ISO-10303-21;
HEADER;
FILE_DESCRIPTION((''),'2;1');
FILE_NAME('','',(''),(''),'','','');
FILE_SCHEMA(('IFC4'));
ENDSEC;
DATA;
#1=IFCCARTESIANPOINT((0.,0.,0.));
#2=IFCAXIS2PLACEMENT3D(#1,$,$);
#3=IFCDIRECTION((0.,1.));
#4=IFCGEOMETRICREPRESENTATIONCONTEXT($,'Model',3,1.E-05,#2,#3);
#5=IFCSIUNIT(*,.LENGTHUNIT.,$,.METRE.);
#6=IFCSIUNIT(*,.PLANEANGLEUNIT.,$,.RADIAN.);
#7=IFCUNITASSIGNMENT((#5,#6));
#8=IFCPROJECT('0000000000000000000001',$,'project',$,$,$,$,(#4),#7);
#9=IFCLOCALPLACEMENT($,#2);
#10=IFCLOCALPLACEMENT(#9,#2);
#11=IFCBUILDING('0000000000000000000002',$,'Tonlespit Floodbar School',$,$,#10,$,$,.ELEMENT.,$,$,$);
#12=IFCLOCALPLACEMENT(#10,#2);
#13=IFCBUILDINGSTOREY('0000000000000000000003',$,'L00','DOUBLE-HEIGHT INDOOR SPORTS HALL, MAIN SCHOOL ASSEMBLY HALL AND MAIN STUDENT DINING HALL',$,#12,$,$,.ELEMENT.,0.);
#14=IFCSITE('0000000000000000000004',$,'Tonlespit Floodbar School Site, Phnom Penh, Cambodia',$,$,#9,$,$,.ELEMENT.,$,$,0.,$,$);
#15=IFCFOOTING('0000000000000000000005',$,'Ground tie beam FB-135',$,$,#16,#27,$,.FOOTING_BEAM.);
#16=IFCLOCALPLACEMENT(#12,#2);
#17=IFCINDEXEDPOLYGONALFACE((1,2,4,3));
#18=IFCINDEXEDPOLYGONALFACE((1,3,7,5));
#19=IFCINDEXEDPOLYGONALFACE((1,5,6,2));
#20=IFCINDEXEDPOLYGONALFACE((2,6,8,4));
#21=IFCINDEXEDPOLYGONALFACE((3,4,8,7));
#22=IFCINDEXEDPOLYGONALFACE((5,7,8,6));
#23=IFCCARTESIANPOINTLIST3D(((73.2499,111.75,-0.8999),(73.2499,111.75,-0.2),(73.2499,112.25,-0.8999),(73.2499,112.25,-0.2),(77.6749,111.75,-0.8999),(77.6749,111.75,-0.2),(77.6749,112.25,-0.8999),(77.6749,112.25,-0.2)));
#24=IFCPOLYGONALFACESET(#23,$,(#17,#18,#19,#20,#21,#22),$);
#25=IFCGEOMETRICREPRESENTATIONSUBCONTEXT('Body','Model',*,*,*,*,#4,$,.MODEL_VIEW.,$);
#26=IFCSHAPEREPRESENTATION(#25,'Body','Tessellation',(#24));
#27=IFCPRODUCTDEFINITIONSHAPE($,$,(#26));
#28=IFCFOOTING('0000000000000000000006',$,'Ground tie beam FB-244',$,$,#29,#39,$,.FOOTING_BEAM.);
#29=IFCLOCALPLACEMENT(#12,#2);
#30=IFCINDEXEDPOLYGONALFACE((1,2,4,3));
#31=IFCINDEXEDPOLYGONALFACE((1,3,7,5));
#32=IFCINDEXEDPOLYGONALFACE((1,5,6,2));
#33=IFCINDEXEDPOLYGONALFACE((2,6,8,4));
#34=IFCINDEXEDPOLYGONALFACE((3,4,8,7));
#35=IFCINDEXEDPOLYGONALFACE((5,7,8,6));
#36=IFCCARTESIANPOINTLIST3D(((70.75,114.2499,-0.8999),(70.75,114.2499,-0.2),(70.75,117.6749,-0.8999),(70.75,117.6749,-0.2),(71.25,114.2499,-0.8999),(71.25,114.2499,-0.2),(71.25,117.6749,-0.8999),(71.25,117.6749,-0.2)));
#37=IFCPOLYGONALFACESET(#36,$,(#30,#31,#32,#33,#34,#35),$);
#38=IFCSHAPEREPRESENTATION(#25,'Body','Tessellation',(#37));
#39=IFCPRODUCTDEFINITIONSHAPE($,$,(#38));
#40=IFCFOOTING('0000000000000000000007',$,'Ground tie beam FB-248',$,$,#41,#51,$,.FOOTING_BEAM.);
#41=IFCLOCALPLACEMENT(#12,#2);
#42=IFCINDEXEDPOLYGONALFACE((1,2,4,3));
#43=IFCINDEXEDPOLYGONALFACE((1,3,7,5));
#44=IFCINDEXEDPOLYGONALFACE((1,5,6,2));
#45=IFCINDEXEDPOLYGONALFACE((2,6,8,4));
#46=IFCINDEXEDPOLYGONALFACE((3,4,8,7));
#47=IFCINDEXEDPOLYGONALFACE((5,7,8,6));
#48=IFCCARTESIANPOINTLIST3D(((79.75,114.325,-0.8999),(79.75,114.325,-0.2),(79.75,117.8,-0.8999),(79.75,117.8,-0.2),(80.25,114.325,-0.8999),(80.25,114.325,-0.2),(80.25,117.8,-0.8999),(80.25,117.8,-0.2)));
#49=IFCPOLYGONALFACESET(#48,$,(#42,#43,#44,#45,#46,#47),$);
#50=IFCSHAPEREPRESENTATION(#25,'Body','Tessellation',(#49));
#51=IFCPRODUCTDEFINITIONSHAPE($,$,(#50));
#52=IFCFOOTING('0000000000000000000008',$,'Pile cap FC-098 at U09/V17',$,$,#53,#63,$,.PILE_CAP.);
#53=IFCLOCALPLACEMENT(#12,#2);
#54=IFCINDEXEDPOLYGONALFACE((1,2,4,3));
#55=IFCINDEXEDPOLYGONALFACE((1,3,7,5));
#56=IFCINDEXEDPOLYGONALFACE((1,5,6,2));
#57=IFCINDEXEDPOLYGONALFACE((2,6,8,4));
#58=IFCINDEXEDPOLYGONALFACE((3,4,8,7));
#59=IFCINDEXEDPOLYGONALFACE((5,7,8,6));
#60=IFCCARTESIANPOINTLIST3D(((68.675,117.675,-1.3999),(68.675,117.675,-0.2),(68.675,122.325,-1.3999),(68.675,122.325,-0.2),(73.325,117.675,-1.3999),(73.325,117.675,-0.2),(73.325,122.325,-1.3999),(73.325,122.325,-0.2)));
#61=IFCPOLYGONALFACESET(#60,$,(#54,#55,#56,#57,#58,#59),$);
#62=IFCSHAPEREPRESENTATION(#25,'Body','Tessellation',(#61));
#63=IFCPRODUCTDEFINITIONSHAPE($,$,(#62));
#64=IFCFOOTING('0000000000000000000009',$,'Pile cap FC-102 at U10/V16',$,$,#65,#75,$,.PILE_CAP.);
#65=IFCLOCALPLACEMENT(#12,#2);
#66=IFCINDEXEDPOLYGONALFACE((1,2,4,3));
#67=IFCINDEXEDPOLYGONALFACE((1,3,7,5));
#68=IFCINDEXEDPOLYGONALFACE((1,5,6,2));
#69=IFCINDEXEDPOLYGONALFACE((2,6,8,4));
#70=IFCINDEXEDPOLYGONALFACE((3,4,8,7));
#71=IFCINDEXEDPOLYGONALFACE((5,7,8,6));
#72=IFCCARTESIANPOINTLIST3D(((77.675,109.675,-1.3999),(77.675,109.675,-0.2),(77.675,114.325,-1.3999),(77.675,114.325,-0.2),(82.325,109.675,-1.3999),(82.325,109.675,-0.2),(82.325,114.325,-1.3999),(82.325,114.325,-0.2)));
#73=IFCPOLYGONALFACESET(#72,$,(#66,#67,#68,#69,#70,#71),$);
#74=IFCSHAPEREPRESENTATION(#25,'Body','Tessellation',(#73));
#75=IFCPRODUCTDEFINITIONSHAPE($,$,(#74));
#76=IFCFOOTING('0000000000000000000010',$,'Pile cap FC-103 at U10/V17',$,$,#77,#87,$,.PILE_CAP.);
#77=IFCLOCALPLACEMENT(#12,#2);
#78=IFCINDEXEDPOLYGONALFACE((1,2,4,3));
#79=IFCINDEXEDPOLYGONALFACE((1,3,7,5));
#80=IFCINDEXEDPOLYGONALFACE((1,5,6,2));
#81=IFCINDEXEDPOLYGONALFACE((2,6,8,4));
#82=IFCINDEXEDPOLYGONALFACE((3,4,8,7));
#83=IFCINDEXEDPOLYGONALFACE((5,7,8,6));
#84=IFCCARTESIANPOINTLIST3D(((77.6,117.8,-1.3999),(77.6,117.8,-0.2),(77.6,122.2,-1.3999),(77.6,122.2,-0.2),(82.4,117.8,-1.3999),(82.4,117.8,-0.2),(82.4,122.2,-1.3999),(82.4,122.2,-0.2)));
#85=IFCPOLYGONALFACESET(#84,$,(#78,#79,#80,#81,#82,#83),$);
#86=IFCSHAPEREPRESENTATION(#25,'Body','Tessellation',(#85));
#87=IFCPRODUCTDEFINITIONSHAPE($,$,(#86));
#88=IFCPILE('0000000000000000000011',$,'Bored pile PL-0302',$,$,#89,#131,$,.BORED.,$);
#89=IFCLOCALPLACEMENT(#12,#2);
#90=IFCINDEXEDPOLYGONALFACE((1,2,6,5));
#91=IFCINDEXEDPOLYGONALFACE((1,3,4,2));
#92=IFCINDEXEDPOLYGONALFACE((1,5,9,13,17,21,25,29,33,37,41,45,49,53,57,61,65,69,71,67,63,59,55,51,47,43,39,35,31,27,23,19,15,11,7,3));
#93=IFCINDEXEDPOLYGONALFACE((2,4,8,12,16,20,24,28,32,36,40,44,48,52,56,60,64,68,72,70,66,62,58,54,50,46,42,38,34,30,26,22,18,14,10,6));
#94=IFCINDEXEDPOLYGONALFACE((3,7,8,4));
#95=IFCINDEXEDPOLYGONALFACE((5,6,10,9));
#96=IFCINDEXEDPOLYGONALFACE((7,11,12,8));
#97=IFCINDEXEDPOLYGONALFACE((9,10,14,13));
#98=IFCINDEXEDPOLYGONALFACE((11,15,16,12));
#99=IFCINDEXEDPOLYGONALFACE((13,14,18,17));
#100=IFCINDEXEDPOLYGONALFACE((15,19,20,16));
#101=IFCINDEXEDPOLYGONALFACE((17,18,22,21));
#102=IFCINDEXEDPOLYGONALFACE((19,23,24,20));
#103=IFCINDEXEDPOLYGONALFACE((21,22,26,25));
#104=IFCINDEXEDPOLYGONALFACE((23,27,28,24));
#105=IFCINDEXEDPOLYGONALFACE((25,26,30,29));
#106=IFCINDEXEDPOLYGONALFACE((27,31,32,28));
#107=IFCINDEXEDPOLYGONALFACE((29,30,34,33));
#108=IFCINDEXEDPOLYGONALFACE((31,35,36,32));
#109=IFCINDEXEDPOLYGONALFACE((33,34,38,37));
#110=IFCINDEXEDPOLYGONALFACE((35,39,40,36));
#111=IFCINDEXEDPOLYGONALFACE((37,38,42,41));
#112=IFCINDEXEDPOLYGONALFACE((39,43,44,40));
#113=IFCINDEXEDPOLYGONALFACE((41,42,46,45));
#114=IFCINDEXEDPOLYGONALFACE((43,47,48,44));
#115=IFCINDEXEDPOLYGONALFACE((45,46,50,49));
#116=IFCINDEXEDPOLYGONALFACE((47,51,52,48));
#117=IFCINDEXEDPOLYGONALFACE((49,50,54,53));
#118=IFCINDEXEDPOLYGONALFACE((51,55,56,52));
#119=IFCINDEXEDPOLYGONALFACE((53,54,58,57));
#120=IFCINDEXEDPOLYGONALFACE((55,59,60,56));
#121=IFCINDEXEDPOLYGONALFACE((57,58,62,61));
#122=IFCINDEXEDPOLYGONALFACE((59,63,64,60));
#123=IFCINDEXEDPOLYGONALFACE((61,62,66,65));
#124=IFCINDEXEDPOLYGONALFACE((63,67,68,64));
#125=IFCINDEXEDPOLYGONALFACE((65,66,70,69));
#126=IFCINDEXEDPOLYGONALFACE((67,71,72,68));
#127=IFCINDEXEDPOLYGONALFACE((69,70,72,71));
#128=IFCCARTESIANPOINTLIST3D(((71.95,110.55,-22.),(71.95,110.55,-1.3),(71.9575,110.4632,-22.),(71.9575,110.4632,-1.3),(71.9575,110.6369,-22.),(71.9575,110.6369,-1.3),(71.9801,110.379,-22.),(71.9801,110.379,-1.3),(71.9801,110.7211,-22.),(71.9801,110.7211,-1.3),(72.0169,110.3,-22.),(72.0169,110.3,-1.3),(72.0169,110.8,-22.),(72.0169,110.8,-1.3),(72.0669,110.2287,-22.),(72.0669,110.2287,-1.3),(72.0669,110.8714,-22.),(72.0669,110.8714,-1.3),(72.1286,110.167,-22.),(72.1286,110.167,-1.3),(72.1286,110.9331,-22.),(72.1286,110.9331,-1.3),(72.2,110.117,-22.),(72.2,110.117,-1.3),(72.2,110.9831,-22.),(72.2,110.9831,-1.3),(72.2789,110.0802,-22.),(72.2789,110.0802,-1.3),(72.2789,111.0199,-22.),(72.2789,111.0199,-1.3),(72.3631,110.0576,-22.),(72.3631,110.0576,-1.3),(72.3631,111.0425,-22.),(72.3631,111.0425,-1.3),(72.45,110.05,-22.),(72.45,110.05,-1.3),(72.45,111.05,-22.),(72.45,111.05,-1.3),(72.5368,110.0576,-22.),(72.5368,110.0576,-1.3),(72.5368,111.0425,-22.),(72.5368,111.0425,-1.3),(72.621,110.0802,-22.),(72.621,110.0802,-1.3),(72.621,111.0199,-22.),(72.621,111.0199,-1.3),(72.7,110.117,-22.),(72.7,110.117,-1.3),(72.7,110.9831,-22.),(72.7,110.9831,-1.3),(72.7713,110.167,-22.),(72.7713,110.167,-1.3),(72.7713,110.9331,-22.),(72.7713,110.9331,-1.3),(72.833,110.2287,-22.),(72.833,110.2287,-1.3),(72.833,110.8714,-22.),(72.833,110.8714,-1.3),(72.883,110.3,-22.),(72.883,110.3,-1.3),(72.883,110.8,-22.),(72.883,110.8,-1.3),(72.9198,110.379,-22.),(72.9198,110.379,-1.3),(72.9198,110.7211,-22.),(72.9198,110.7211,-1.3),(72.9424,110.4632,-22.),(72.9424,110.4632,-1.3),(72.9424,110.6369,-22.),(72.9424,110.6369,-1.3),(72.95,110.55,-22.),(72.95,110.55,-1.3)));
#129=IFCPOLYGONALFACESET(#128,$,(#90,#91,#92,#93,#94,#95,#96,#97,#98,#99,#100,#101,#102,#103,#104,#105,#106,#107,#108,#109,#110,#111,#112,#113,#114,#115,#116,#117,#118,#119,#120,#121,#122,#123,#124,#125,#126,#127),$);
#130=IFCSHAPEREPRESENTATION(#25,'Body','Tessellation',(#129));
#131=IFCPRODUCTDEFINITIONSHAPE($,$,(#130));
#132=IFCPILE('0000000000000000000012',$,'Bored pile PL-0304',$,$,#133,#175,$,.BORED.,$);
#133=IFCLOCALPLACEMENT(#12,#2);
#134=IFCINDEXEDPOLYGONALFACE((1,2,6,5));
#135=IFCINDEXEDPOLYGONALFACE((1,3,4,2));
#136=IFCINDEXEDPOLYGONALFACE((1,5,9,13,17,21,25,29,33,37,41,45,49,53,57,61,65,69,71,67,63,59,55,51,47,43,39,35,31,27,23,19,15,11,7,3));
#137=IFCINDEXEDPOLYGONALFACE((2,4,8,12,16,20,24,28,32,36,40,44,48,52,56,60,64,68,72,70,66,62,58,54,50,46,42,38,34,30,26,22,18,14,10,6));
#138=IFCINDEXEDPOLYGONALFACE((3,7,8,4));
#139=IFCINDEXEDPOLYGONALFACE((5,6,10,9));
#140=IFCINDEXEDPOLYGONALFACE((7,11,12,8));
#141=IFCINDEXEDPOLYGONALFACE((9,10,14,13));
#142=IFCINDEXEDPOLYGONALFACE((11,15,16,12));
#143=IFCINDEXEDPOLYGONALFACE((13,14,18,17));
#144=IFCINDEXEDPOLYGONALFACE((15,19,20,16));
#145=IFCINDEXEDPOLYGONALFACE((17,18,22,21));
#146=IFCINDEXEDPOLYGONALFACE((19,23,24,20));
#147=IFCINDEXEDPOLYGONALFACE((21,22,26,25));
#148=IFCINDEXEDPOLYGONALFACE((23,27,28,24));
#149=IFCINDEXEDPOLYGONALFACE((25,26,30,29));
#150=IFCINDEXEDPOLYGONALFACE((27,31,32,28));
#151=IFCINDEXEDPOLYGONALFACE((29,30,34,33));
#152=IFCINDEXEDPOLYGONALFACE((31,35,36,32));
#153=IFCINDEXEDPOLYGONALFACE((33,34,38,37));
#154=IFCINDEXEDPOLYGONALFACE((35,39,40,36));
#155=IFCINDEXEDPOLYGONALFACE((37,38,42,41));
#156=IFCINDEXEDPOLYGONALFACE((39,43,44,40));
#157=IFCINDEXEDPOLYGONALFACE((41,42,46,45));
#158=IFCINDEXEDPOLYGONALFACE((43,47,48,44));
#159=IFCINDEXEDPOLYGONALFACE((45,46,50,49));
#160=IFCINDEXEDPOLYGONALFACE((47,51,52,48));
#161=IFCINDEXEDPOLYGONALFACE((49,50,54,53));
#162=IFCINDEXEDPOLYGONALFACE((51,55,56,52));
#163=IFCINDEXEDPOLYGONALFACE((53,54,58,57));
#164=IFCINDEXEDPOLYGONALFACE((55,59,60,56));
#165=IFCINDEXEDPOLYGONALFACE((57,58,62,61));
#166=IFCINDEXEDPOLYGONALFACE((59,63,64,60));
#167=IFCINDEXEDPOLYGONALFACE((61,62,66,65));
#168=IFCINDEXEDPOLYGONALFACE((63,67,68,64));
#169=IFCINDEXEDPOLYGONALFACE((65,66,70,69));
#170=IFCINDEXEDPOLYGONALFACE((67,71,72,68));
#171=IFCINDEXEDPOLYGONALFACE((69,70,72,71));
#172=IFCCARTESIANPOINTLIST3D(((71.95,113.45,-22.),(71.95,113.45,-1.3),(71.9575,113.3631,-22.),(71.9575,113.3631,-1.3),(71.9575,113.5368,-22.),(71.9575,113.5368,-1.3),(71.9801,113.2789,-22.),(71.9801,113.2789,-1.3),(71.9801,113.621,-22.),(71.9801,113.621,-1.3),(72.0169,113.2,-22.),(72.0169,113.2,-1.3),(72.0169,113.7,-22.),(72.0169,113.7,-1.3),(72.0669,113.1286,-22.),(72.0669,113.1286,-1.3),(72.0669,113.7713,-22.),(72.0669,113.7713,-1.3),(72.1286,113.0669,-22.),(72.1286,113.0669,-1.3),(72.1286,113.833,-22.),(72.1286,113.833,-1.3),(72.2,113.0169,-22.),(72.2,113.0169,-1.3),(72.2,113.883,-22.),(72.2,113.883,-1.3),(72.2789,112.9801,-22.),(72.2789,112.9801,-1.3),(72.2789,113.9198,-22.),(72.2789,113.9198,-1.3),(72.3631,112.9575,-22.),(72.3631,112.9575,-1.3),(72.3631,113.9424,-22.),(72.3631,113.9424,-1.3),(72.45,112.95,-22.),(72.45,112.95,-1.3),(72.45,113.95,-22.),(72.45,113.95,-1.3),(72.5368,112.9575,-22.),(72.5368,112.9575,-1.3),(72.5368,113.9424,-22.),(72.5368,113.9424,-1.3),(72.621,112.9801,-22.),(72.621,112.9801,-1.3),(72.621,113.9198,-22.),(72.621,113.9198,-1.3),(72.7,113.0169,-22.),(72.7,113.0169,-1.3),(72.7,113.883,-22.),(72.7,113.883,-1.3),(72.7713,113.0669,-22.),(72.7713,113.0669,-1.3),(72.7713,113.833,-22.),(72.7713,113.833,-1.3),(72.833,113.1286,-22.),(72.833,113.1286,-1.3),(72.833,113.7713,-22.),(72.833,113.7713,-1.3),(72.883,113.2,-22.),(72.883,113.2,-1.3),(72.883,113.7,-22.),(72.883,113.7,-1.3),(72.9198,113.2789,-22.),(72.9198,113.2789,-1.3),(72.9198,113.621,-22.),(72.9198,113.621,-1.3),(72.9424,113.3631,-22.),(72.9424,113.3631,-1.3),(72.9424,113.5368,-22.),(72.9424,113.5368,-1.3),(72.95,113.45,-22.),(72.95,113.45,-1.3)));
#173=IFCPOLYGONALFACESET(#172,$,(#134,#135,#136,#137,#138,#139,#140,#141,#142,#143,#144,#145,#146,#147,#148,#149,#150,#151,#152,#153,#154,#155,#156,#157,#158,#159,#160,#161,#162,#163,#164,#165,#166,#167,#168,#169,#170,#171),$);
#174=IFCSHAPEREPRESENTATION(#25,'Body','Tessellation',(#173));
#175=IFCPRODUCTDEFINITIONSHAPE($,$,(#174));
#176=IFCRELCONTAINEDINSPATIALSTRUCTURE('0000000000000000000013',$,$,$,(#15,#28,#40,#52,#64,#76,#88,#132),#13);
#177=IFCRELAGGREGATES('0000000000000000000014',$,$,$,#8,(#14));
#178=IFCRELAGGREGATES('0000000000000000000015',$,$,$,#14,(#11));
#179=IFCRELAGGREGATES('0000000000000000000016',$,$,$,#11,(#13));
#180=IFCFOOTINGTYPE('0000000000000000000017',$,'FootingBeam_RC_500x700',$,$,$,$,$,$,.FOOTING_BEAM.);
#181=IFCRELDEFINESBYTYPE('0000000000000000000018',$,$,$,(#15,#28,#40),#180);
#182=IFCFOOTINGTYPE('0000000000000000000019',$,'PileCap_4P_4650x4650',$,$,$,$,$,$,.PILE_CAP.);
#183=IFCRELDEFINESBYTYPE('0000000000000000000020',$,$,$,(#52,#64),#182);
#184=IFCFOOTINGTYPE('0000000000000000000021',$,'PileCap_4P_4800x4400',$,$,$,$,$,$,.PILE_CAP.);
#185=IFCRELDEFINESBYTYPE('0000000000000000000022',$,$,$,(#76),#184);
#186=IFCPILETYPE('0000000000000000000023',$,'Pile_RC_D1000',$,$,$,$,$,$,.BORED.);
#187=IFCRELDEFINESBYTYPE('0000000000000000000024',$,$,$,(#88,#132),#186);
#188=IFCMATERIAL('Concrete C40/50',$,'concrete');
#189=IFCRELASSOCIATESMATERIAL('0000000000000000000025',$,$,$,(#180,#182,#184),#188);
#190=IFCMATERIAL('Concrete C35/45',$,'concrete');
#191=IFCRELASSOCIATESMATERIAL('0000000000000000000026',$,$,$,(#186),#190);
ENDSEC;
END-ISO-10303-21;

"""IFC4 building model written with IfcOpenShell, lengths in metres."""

from ifc_helpers import new_model, si_unit, direction, frame, origin, origin_2d, place, context, subcontext, project, spatial, rectangle, circle, extrude, material, material_profile, profile_set, type_object, element, save


model = new_model("IFC4")

# Units and contexts
model_context = context("Model", 3, precision=1e-05, world=origin(), true_north=direction((0.0, 1.0)))
body_context = subcontext(model_context, "Body", "Model", "MODEL_VIEW")
ifc_project = project(units=[si_unit("LENGTHUNIT", "METRE"), si_unit("PLANEANGLEUNIT", "RADIAN")], contexts=[model_context])

# Site, building, storey
site_placement = place(None, origin())
site = spatial("IfcSite", under=ifc_project, at=site_placement, Name="Tonlespit Floodbar School Site, Phnom Penh, Cambodia", CompositionType="ELEMENT", RefElevation=0.0)
building_placement = place(site_placement, origin())
building = spatial("IfcBuilding", under=site, at=building_placement, Name="Tonlespit Floodbar School", CompositionType="ELEMENT")
storey_placement = place(building_placement, origin())
storey = spatial("IfcBuildingStorey", under=building, at=storey_placement, Name="L00", Description="DOUBLE-HEIGHT INDOOR SPORTS HALL, MAIN SCHOOL ASSEMBLY HALL AND MAIN STUDENT DINING HALL", CompositionType="ELEMENT", Elevation=0.0)

# Footings
ifc_material_1 = material(Name="Concrete C40/50", Category="concrete")
footing_type_1 = type_object("IfcFootingType", Name="FootingBeam_RC_500x700", PredefinedType="FOOTING_BEAM", material=ifc_material_1)
footing_1_placement = place(storey_placement, frame((75.4624, 112.0, -0.8999), z_axis=(0.0, 0.0, 1.0), x_axis=(1.0, 0.0, 0.0)))
element("IfcFooting", 1, at=footing_1_placement, inside=storey, type_object=footing_type_1, Name="Ground tie beam FB-135", PredefinedType="FOOTING_BEAM", context=body_context, shape_type="SweptSolid", body=[
    extrude(rectangle(XDim=4.425, YDim=0.5, at=origin_2d()), origin(), (0.0, 0.0, 1.0), 0.7),
])
footing_2_placement = place(storey_placement, frame((71.0, 115.9624, -0.8999), z_axis=(0.0, 0.0, 1.0), x_axis=(0.0, 1.0, 0.0)))
element("IfcFooting", 2, at=footing_2_placement, inside=storey, type_object=footing_type_1, Name="Ground tie beam FB-244", PredefinedType="FOOTING_BEAM", context=body_context, shape_type="SweptSolid", body=[
    extrude(rectangle(XDim=3.425, YDim=0.5, at=origin_2d()), origin(), (0.0, 0.0, 1.0), 0.7),
])
footing_3_placement = place(storey_placement, frame((80.0, 116.0625, -0.8999), z_axis=(0.0, 0.0, 1.0), x_axis=(0.0, 1.0, 0.0)))
element("IfcFooting", 3, at=footing_3_placement, inside=storey, type_object=footing_type_1, Name="Ground tie beam FB-248", PredefinedType="FOOTING_BEAM", context=body_context, shape_type="SweptSolid", body=[
    extrude(rectangle(XDim=3.4751, YDim=0.5, at=origin_2d()), origin(), (0.0, 0.0, 1.0), 0.7),
])
footing_type_2 = type_object("IfcFootingType", Name="PileCap_4P_4650x4650", PredefinedType="PILE_CAP", material=ifc_material_1)
for number, where, z_axis, x_axis, name in (
    (4, (71.0, 120.0, -1.3999), (0.0, 0.0, 1.0), (1.0, 0.0, 0.0), "Pile cap FC-098 at U09/V17"),
    (5, (80.0, 112.0, -1.3999), (0.0, 0.0, 1.0), (1.0, 0.0, 0.0), "Pile cap FC-102 at U10/V16"),
):
    element("IfcFooting", number, at=place(storey_placement, frame(where, z_axis=z_axis, x_axis=x_axis)), inside=storey, type_object=footing_type_2, Name=name, PredefinedType="PILE_CAP", context=body_context, shape_type="SweptSolid", body=[
        extrude(rectangle(XDim=4.6499, YDim=4.6499, at=origin_2d()), origin(), (0.0, 0.0, 1.0), 1.2),
    ])
footing_type_3 = type_object("IfcFootingType", Name="PileCap_4P_4800x4400", PredefinedType="PILE_CAP", material=ifc_material_1)
footing_4_placement = place(storey_placement, frame((80.0, 120.0, -1.3999), z_axis=(0.0, 0.0, 1.0), x_axis=(1.0, 0.0, 0.0)))
element("IfcFooting", 6, at=footing_4_placement, inside=storey, type_object=footing_type_3, Name="Pile cap FC-103 at U10/V17", PredefinedType="PILE_CAP", context=body_context, shape_type="SweptSolid", body=[
    extrude(rectangle(XDim=4.8, YDim=4.3999, at=origin_2d()), origin(), (0.0, 0.0, 1.0), 1.2),
])

# Piles
ifc_material_2 = material(Name="Concrete C35/45", Category="concrete")
ifc_material_profile_1 = material_profile(ifc_material_2, circle(Radius=0.5, at=origin_2d()), Name="BP D1000")
ifc_profile_set_1 = profile_set([ifc_material_profile_1], Name="Concrete C35/45")
pile_type = type_object("IfcPileType", Name="Pile_RC_D1000", PredefinedType="BORED", material=ifc_profile_set_1)
for number, where, z_axis, x_axis, name in (
    (7, (72.45, 110.55, -1.3), (0.0, 0.0, -1.0), (1.0, 0.0, 0.0), "Bored pile PL-0302"),
    (8, (72.45, 113.45, -1.3), (0.0, 0.0, -1.0), (1.0, 0.0, 0.0), "Bored pile PL-0304"),
):
    element("IfcPile", number, at=place(storey_placement, frame(where, z_axis=z_axis, x_axis=x_axis)), inside=storey, type_object=pile_type, Name=name, PredefinedType="BORED", context=body_context, shape_type="SweptSolid", body=[
        extrude(circle(Radius=0.5, at=origin_2d()), origin(), (0.0, 0.0, 1.0), 20.7),
    ])

save(model, "model.ifc")
